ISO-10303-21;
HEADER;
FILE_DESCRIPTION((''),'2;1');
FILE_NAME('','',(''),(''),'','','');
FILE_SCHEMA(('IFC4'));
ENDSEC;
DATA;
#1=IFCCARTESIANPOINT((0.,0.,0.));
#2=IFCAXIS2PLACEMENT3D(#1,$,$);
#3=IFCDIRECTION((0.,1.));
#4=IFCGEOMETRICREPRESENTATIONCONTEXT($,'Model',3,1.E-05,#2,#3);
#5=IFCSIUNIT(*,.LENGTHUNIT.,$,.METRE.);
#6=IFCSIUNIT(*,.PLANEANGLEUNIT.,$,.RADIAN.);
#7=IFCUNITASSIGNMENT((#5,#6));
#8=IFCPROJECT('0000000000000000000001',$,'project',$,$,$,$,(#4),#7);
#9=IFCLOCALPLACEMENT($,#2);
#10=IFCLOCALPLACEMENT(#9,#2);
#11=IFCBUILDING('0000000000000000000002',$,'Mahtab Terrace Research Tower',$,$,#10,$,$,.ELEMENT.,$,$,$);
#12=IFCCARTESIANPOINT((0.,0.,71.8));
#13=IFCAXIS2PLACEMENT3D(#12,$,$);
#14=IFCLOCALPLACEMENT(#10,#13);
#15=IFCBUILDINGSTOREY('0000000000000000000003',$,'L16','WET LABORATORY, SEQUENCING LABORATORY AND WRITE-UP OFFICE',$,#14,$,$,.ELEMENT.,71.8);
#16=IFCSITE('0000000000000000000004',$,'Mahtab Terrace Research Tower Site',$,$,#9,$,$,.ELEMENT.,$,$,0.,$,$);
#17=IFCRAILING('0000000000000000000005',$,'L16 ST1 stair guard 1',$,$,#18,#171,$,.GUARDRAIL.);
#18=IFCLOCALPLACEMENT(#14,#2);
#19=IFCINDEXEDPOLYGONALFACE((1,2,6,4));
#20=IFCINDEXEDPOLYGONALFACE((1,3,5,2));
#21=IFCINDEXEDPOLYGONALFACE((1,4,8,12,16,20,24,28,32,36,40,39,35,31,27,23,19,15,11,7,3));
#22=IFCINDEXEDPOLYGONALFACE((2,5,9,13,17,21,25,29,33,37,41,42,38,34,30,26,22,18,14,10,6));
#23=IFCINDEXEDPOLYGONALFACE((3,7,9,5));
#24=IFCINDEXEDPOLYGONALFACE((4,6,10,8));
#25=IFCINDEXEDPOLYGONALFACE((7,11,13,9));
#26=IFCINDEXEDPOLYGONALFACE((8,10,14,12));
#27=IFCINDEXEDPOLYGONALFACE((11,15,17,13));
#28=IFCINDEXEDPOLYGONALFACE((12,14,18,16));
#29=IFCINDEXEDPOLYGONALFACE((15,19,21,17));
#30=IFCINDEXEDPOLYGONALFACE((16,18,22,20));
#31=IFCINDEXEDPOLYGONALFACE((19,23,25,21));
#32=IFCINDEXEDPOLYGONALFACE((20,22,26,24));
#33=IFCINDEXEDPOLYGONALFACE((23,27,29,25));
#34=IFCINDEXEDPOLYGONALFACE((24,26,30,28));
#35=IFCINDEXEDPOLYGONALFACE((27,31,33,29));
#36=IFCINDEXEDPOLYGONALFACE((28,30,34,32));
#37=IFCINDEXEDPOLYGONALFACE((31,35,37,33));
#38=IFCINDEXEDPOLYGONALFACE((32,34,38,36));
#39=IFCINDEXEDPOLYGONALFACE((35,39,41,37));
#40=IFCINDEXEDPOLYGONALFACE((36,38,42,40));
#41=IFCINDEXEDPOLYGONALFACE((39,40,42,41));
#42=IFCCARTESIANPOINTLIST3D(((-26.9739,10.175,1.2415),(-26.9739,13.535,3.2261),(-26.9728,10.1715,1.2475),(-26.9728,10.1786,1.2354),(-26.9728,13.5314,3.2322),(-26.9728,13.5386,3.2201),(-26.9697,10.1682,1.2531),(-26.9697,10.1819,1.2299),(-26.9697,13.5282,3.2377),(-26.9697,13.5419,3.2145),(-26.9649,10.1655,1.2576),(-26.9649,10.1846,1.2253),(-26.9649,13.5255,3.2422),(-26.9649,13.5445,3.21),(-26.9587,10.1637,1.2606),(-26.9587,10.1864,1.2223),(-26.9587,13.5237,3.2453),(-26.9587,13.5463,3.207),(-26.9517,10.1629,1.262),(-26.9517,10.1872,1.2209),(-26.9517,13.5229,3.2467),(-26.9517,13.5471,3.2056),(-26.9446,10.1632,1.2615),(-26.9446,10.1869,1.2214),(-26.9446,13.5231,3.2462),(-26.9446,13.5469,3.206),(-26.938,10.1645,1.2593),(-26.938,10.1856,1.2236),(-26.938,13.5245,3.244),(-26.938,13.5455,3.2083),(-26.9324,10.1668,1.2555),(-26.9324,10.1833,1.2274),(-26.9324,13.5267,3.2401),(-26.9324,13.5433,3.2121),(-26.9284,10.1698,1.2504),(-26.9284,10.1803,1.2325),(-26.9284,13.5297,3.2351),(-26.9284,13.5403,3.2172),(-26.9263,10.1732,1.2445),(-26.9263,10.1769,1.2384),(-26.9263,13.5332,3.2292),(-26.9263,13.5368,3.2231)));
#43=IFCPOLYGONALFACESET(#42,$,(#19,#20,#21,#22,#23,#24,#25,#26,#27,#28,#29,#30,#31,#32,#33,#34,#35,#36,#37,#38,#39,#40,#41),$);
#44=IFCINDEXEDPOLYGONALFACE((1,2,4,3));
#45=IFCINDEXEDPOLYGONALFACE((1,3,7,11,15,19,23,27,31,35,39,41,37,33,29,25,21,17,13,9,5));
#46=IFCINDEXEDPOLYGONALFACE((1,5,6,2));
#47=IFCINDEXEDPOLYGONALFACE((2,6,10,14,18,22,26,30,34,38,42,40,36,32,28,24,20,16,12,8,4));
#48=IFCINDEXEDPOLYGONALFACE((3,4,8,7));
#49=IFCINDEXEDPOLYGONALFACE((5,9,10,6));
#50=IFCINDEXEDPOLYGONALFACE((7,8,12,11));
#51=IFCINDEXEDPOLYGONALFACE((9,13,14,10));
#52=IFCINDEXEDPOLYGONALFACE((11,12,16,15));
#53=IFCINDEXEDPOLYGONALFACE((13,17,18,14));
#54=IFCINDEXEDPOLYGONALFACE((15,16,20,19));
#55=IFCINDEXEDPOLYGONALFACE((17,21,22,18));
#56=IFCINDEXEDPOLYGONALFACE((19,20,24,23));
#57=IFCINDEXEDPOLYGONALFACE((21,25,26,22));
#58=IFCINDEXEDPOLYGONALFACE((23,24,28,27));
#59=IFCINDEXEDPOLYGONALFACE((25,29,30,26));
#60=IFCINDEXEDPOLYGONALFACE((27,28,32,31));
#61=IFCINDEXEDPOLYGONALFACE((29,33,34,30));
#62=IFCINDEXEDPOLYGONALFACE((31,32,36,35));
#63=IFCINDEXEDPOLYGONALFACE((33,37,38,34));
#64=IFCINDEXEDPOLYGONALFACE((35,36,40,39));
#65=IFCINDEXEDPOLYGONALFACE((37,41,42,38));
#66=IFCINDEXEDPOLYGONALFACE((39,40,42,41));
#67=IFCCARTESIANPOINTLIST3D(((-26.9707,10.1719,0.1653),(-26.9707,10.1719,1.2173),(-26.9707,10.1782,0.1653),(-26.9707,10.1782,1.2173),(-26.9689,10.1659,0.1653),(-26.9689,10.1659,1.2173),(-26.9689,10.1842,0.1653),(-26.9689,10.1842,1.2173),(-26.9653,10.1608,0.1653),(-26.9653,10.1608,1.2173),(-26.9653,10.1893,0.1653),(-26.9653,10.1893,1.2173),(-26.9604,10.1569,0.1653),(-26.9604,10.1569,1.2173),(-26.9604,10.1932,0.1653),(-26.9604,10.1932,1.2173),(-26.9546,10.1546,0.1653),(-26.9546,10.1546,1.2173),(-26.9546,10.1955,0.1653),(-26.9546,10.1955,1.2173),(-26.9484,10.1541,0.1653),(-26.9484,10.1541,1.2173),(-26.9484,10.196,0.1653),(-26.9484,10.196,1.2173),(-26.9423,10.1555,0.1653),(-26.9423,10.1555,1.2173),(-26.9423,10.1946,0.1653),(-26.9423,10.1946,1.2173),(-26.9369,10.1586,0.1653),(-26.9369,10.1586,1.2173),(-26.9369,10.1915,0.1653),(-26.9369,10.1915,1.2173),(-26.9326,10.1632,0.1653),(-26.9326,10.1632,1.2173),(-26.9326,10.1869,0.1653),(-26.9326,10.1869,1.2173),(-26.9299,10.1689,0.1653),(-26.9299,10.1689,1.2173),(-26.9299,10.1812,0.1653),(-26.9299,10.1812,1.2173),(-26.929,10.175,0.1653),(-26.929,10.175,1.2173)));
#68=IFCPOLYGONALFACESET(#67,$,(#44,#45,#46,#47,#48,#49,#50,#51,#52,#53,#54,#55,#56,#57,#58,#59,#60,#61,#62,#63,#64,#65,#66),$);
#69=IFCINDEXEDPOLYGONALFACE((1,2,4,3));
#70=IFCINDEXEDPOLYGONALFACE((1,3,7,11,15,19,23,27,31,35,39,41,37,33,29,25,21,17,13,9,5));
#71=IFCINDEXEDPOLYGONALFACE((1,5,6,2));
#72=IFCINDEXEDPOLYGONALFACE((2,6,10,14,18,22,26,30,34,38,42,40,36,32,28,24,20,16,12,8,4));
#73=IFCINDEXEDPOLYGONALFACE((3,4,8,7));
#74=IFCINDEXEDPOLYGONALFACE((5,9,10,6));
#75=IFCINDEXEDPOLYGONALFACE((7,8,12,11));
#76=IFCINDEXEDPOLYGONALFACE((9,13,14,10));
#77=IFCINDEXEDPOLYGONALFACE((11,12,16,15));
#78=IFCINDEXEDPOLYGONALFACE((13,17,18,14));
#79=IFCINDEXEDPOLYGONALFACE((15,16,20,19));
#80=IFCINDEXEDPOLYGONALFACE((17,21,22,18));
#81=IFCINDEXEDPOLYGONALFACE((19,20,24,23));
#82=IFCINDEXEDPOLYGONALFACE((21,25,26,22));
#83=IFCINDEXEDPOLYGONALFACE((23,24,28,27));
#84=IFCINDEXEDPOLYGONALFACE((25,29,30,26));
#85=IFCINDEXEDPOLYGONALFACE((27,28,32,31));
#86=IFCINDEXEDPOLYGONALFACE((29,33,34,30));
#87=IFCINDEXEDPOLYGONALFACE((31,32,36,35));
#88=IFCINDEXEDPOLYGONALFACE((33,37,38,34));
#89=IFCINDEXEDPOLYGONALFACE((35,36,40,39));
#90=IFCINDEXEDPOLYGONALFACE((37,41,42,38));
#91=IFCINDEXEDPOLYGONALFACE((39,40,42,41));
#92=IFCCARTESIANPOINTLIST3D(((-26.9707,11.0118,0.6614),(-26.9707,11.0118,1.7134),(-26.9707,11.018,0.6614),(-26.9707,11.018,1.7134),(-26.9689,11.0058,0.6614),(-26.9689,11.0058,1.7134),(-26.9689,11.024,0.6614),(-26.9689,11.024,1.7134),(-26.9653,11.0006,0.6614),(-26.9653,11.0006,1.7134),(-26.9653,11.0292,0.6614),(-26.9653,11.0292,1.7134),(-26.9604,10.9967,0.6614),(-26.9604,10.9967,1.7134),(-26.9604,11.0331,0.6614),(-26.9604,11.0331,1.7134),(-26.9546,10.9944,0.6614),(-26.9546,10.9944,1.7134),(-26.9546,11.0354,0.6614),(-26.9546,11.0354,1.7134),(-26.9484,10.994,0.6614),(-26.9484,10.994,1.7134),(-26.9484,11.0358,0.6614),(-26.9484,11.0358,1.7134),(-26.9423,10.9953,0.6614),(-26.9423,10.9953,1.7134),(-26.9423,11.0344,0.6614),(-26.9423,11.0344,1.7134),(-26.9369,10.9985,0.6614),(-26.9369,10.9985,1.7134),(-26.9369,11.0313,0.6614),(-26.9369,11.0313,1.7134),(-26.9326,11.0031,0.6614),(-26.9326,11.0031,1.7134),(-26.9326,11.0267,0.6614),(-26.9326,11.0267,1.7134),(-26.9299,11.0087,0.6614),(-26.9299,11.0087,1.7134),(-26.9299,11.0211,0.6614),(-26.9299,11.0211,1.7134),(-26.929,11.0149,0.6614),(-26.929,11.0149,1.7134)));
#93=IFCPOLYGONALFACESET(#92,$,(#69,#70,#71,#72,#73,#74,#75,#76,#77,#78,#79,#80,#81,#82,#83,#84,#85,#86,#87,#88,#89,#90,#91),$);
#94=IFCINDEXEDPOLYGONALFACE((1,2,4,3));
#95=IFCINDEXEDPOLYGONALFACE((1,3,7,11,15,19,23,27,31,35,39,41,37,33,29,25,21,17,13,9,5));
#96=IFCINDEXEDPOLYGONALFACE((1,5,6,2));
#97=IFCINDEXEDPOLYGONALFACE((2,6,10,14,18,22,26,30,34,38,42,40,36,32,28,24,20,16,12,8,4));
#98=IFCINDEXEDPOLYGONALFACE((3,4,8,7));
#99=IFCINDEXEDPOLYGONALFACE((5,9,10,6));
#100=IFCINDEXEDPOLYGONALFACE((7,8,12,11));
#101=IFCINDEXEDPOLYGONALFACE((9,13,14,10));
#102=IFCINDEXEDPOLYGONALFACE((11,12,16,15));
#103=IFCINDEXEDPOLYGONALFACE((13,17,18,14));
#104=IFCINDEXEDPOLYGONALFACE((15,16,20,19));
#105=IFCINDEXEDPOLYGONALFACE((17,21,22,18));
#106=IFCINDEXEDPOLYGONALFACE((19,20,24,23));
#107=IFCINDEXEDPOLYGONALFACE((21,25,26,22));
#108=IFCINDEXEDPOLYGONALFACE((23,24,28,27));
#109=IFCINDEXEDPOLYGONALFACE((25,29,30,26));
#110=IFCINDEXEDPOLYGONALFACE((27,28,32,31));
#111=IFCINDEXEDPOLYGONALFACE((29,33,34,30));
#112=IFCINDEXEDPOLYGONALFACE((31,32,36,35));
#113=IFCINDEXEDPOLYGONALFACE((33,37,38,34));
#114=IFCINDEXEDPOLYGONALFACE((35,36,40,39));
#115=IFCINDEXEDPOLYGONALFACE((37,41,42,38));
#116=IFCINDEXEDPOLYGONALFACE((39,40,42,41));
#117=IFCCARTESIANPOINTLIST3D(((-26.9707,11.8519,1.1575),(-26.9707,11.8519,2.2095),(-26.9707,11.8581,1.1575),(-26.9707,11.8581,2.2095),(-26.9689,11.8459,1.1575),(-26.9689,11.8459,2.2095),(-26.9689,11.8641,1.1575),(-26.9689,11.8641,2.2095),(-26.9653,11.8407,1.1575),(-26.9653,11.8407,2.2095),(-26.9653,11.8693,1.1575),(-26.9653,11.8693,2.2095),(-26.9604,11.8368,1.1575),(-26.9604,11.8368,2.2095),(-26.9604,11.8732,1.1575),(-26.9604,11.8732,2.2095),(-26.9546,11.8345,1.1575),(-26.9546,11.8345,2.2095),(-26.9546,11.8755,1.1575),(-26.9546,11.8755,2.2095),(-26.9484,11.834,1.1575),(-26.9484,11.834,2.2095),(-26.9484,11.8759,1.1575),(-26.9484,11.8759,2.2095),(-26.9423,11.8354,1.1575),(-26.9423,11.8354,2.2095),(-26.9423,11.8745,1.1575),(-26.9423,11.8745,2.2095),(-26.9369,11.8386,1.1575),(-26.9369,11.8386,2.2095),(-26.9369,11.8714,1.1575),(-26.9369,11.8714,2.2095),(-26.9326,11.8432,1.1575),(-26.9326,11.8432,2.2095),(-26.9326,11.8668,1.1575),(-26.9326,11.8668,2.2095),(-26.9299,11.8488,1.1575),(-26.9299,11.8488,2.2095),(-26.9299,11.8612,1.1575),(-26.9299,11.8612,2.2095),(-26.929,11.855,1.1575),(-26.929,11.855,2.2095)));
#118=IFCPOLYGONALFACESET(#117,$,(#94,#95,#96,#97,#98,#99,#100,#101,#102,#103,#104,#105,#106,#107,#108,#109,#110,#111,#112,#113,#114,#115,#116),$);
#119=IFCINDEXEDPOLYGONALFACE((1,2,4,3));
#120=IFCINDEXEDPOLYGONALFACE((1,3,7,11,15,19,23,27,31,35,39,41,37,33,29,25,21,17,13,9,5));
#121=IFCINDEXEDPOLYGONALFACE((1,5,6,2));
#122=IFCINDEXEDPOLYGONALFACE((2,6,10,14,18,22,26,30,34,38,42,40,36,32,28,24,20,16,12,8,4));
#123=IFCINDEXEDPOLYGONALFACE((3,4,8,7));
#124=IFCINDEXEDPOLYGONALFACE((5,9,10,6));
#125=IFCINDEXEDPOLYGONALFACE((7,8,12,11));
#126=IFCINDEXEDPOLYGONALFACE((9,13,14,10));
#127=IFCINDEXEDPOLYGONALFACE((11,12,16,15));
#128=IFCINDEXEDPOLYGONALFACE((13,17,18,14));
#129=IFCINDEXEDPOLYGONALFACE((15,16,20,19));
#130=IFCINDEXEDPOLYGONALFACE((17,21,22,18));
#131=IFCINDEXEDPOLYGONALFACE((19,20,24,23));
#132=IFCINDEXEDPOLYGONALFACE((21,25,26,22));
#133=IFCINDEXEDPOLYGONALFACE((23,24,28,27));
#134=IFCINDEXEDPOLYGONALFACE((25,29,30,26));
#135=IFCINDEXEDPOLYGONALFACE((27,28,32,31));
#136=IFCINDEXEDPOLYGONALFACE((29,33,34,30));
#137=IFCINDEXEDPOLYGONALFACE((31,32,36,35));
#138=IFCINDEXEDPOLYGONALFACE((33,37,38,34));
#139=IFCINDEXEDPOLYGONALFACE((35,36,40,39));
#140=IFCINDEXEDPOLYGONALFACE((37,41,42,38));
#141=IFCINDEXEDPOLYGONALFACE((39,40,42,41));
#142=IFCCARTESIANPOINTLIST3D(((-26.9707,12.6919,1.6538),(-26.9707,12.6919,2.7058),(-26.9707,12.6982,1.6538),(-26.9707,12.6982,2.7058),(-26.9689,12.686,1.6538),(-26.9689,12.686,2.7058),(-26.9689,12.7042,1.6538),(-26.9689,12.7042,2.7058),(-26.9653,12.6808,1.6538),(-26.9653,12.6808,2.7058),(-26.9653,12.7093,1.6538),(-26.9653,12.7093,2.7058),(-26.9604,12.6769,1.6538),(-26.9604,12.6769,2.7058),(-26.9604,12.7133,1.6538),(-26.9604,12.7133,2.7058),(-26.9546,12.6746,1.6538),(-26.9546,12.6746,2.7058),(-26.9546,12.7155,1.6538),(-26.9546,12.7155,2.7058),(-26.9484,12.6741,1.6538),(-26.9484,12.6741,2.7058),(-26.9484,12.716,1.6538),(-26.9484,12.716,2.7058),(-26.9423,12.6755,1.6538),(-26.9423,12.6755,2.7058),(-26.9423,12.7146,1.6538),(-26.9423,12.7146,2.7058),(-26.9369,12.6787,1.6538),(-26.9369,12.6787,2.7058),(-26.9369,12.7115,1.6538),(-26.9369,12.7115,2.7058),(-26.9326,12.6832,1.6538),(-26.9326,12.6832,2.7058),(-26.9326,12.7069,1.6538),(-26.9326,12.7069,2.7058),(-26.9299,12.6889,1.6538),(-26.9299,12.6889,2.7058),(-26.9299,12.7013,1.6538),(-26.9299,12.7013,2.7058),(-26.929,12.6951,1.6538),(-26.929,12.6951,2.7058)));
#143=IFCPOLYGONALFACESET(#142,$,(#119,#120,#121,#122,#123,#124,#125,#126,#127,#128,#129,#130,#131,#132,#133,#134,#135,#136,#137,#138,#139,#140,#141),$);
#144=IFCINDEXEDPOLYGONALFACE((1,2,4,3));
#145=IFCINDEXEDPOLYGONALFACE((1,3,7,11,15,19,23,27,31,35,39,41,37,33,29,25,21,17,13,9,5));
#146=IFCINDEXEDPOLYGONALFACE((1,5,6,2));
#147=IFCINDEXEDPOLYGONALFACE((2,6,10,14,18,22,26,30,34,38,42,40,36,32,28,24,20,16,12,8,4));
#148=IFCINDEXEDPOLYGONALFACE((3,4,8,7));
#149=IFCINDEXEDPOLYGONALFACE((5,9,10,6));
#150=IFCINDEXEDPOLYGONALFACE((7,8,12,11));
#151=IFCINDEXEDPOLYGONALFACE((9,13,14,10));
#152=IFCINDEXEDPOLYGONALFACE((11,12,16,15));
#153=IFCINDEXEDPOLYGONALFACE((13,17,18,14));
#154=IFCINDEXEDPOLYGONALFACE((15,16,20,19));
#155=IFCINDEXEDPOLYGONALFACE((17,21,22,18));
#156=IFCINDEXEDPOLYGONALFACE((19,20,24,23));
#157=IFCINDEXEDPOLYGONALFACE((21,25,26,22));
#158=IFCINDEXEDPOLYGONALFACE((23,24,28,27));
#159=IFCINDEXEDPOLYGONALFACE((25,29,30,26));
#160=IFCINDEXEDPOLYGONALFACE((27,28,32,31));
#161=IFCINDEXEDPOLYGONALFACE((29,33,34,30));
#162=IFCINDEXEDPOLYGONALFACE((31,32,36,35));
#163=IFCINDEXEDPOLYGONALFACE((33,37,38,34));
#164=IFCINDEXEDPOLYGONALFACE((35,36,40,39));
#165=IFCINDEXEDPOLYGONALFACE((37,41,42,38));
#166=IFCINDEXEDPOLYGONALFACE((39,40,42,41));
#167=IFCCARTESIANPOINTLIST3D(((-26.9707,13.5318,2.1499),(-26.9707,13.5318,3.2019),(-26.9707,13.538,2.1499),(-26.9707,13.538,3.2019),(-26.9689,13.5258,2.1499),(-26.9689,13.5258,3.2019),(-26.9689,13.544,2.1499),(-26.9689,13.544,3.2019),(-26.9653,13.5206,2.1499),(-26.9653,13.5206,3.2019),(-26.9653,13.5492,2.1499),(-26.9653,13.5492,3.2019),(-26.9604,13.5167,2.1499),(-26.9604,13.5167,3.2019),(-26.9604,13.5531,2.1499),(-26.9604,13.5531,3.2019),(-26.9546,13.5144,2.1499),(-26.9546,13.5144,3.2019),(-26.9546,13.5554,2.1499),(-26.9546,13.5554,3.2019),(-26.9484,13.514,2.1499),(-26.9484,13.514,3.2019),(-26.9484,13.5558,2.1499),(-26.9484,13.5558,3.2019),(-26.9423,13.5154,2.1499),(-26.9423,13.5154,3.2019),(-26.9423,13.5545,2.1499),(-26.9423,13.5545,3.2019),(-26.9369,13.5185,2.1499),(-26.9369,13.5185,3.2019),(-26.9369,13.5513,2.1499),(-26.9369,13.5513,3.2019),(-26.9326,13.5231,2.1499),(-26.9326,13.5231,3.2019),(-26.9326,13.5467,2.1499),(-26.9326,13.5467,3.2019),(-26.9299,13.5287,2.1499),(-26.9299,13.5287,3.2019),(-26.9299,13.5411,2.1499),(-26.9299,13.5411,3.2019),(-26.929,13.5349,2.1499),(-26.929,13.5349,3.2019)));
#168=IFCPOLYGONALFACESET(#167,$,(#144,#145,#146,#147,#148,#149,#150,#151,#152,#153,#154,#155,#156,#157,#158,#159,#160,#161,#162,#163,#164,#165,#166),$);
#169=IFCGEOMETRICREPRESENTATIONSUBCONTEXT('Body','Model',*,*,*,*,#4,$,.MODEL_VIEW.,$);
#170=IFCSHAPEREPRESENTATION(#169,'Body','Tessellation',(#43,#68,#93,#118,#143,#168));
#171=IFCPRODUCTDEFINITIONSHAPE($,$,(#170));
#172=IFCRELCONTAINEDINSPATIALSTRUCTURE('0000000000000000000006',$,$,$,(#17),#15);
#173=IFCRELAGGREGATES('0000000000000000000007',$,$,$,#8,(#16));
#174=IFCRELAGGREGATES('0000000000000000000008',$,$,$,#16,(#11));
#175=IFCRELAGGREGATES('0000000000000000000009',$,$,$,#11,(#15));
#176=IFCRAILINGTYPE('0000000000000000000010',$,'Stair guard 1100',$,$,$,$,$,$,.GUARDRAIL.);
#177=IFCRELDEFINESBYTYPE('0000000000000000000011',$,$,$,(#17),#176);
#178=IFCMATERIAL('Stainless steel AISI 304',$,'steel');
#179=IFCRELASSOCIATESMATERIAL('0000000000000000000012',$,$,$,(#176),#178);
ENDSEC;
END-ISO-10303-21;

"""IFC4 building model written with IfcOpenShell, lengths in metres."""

from ifc_helpers import new_model, si_unit, direction, frame, origin, origin_2d, place, context, subcontext, project, spatial, circle, extrude, material, type_object, element, save


model = new_model("IFC4")

# Units and contexts
model_context = context("Model", 3, precision=1e-05, world=origin(), true_north=direction((0.0, 1.0)))
body_context = subcontext(model_context, "Body", "Model", "MODEL_VIEW")
ifc_project = project(units=[si_unit("LENGTHUNIT", "METRE"), si_unit("PLANEANGLEUNIT", "RADIAN")], contexts=[model_context])

# Site, building, storey
site_placement = place(None, origin())
site = spatial("IfcSite", under=ifc_project, at=site_placement, Name="Mahtab Terrace Research Tower Site", CompositionType="ELEMENT", RefElevation=0.0)
building_placement = place(site_placement, origin())
building = spatial("IfcBuilding", under=site, at=building_placement, Name="Mahtab Terrace Research Tower", CompositionType="ELEMENT")
storey_placement = place(building_placement, frame((0.0, 0.0, 71.8)))
storey = spatial("IfcBuildingStorey", under=building, at=storey_placement, Name="L16", Description="WET LABORATORY, SEQUENCING LABORATORY AND WRITE-UP OFFICE", CompositionType="ELEMENT", Elevation=71.8)

# Railing
ifc_material_1 = material(Name="Stainless steel AISI 304", Category="steel")
railing_type_1 = type_object("IfcRailingType", Name="Stair guard 1100", PredefinedType="GUARDRAIL", material=ifc_material_1)
railing_1_placement = place(storey_placement, frame((-26.95, 10.175, 0.1653)))
element("IfcRailing", 1, at=railing_1_placement, inside=storey, type_object=railing_type_1, Name="L16 ST1 stair guard 1", PredefinedType="GUARDRAIL", context=body_context, shape_type="SweptSolid", body=[
    extrude(circle(Radius=0.0239, at=origin_2d()), frame((0.0, 0.0, 1.0762), z_axis=(0.0, 0.861011, 0.508586), x_axis=(-1.0, 0.0, 0.0)), (0.0, 0.0, 1.0), 3.9023),
    extrude(circle(Radius=0.021, at=origin_2d()), origin(), (0.0, 0.0, 1.0), 1.052),
    extrude(circle(Radius=0.021, at=origin_2d()), frame((0.0, 0.8398, 0.4961)), (0.0, 0.0, 1.0), 1.052),
    extrude(circle(Radius=0.021, at=origin_2d()), frame((0.0, 1.6799, 0.9922)), (0.0, 0.0, 1.0), 1.052),
    extrude(circle(Radius=0.021, at=origin_2d()), frame((0.0, 2.52, 1.4885)), (0.0, 0.0, 1.0), 1.052),
    extrude(circle(Radius=0.021, at=origin_2d()), frame((0.0, 3.3599, 1.9846)), (0.0, 0.0, 1.0), 1.052),
])

save(model, "model.ifc")
